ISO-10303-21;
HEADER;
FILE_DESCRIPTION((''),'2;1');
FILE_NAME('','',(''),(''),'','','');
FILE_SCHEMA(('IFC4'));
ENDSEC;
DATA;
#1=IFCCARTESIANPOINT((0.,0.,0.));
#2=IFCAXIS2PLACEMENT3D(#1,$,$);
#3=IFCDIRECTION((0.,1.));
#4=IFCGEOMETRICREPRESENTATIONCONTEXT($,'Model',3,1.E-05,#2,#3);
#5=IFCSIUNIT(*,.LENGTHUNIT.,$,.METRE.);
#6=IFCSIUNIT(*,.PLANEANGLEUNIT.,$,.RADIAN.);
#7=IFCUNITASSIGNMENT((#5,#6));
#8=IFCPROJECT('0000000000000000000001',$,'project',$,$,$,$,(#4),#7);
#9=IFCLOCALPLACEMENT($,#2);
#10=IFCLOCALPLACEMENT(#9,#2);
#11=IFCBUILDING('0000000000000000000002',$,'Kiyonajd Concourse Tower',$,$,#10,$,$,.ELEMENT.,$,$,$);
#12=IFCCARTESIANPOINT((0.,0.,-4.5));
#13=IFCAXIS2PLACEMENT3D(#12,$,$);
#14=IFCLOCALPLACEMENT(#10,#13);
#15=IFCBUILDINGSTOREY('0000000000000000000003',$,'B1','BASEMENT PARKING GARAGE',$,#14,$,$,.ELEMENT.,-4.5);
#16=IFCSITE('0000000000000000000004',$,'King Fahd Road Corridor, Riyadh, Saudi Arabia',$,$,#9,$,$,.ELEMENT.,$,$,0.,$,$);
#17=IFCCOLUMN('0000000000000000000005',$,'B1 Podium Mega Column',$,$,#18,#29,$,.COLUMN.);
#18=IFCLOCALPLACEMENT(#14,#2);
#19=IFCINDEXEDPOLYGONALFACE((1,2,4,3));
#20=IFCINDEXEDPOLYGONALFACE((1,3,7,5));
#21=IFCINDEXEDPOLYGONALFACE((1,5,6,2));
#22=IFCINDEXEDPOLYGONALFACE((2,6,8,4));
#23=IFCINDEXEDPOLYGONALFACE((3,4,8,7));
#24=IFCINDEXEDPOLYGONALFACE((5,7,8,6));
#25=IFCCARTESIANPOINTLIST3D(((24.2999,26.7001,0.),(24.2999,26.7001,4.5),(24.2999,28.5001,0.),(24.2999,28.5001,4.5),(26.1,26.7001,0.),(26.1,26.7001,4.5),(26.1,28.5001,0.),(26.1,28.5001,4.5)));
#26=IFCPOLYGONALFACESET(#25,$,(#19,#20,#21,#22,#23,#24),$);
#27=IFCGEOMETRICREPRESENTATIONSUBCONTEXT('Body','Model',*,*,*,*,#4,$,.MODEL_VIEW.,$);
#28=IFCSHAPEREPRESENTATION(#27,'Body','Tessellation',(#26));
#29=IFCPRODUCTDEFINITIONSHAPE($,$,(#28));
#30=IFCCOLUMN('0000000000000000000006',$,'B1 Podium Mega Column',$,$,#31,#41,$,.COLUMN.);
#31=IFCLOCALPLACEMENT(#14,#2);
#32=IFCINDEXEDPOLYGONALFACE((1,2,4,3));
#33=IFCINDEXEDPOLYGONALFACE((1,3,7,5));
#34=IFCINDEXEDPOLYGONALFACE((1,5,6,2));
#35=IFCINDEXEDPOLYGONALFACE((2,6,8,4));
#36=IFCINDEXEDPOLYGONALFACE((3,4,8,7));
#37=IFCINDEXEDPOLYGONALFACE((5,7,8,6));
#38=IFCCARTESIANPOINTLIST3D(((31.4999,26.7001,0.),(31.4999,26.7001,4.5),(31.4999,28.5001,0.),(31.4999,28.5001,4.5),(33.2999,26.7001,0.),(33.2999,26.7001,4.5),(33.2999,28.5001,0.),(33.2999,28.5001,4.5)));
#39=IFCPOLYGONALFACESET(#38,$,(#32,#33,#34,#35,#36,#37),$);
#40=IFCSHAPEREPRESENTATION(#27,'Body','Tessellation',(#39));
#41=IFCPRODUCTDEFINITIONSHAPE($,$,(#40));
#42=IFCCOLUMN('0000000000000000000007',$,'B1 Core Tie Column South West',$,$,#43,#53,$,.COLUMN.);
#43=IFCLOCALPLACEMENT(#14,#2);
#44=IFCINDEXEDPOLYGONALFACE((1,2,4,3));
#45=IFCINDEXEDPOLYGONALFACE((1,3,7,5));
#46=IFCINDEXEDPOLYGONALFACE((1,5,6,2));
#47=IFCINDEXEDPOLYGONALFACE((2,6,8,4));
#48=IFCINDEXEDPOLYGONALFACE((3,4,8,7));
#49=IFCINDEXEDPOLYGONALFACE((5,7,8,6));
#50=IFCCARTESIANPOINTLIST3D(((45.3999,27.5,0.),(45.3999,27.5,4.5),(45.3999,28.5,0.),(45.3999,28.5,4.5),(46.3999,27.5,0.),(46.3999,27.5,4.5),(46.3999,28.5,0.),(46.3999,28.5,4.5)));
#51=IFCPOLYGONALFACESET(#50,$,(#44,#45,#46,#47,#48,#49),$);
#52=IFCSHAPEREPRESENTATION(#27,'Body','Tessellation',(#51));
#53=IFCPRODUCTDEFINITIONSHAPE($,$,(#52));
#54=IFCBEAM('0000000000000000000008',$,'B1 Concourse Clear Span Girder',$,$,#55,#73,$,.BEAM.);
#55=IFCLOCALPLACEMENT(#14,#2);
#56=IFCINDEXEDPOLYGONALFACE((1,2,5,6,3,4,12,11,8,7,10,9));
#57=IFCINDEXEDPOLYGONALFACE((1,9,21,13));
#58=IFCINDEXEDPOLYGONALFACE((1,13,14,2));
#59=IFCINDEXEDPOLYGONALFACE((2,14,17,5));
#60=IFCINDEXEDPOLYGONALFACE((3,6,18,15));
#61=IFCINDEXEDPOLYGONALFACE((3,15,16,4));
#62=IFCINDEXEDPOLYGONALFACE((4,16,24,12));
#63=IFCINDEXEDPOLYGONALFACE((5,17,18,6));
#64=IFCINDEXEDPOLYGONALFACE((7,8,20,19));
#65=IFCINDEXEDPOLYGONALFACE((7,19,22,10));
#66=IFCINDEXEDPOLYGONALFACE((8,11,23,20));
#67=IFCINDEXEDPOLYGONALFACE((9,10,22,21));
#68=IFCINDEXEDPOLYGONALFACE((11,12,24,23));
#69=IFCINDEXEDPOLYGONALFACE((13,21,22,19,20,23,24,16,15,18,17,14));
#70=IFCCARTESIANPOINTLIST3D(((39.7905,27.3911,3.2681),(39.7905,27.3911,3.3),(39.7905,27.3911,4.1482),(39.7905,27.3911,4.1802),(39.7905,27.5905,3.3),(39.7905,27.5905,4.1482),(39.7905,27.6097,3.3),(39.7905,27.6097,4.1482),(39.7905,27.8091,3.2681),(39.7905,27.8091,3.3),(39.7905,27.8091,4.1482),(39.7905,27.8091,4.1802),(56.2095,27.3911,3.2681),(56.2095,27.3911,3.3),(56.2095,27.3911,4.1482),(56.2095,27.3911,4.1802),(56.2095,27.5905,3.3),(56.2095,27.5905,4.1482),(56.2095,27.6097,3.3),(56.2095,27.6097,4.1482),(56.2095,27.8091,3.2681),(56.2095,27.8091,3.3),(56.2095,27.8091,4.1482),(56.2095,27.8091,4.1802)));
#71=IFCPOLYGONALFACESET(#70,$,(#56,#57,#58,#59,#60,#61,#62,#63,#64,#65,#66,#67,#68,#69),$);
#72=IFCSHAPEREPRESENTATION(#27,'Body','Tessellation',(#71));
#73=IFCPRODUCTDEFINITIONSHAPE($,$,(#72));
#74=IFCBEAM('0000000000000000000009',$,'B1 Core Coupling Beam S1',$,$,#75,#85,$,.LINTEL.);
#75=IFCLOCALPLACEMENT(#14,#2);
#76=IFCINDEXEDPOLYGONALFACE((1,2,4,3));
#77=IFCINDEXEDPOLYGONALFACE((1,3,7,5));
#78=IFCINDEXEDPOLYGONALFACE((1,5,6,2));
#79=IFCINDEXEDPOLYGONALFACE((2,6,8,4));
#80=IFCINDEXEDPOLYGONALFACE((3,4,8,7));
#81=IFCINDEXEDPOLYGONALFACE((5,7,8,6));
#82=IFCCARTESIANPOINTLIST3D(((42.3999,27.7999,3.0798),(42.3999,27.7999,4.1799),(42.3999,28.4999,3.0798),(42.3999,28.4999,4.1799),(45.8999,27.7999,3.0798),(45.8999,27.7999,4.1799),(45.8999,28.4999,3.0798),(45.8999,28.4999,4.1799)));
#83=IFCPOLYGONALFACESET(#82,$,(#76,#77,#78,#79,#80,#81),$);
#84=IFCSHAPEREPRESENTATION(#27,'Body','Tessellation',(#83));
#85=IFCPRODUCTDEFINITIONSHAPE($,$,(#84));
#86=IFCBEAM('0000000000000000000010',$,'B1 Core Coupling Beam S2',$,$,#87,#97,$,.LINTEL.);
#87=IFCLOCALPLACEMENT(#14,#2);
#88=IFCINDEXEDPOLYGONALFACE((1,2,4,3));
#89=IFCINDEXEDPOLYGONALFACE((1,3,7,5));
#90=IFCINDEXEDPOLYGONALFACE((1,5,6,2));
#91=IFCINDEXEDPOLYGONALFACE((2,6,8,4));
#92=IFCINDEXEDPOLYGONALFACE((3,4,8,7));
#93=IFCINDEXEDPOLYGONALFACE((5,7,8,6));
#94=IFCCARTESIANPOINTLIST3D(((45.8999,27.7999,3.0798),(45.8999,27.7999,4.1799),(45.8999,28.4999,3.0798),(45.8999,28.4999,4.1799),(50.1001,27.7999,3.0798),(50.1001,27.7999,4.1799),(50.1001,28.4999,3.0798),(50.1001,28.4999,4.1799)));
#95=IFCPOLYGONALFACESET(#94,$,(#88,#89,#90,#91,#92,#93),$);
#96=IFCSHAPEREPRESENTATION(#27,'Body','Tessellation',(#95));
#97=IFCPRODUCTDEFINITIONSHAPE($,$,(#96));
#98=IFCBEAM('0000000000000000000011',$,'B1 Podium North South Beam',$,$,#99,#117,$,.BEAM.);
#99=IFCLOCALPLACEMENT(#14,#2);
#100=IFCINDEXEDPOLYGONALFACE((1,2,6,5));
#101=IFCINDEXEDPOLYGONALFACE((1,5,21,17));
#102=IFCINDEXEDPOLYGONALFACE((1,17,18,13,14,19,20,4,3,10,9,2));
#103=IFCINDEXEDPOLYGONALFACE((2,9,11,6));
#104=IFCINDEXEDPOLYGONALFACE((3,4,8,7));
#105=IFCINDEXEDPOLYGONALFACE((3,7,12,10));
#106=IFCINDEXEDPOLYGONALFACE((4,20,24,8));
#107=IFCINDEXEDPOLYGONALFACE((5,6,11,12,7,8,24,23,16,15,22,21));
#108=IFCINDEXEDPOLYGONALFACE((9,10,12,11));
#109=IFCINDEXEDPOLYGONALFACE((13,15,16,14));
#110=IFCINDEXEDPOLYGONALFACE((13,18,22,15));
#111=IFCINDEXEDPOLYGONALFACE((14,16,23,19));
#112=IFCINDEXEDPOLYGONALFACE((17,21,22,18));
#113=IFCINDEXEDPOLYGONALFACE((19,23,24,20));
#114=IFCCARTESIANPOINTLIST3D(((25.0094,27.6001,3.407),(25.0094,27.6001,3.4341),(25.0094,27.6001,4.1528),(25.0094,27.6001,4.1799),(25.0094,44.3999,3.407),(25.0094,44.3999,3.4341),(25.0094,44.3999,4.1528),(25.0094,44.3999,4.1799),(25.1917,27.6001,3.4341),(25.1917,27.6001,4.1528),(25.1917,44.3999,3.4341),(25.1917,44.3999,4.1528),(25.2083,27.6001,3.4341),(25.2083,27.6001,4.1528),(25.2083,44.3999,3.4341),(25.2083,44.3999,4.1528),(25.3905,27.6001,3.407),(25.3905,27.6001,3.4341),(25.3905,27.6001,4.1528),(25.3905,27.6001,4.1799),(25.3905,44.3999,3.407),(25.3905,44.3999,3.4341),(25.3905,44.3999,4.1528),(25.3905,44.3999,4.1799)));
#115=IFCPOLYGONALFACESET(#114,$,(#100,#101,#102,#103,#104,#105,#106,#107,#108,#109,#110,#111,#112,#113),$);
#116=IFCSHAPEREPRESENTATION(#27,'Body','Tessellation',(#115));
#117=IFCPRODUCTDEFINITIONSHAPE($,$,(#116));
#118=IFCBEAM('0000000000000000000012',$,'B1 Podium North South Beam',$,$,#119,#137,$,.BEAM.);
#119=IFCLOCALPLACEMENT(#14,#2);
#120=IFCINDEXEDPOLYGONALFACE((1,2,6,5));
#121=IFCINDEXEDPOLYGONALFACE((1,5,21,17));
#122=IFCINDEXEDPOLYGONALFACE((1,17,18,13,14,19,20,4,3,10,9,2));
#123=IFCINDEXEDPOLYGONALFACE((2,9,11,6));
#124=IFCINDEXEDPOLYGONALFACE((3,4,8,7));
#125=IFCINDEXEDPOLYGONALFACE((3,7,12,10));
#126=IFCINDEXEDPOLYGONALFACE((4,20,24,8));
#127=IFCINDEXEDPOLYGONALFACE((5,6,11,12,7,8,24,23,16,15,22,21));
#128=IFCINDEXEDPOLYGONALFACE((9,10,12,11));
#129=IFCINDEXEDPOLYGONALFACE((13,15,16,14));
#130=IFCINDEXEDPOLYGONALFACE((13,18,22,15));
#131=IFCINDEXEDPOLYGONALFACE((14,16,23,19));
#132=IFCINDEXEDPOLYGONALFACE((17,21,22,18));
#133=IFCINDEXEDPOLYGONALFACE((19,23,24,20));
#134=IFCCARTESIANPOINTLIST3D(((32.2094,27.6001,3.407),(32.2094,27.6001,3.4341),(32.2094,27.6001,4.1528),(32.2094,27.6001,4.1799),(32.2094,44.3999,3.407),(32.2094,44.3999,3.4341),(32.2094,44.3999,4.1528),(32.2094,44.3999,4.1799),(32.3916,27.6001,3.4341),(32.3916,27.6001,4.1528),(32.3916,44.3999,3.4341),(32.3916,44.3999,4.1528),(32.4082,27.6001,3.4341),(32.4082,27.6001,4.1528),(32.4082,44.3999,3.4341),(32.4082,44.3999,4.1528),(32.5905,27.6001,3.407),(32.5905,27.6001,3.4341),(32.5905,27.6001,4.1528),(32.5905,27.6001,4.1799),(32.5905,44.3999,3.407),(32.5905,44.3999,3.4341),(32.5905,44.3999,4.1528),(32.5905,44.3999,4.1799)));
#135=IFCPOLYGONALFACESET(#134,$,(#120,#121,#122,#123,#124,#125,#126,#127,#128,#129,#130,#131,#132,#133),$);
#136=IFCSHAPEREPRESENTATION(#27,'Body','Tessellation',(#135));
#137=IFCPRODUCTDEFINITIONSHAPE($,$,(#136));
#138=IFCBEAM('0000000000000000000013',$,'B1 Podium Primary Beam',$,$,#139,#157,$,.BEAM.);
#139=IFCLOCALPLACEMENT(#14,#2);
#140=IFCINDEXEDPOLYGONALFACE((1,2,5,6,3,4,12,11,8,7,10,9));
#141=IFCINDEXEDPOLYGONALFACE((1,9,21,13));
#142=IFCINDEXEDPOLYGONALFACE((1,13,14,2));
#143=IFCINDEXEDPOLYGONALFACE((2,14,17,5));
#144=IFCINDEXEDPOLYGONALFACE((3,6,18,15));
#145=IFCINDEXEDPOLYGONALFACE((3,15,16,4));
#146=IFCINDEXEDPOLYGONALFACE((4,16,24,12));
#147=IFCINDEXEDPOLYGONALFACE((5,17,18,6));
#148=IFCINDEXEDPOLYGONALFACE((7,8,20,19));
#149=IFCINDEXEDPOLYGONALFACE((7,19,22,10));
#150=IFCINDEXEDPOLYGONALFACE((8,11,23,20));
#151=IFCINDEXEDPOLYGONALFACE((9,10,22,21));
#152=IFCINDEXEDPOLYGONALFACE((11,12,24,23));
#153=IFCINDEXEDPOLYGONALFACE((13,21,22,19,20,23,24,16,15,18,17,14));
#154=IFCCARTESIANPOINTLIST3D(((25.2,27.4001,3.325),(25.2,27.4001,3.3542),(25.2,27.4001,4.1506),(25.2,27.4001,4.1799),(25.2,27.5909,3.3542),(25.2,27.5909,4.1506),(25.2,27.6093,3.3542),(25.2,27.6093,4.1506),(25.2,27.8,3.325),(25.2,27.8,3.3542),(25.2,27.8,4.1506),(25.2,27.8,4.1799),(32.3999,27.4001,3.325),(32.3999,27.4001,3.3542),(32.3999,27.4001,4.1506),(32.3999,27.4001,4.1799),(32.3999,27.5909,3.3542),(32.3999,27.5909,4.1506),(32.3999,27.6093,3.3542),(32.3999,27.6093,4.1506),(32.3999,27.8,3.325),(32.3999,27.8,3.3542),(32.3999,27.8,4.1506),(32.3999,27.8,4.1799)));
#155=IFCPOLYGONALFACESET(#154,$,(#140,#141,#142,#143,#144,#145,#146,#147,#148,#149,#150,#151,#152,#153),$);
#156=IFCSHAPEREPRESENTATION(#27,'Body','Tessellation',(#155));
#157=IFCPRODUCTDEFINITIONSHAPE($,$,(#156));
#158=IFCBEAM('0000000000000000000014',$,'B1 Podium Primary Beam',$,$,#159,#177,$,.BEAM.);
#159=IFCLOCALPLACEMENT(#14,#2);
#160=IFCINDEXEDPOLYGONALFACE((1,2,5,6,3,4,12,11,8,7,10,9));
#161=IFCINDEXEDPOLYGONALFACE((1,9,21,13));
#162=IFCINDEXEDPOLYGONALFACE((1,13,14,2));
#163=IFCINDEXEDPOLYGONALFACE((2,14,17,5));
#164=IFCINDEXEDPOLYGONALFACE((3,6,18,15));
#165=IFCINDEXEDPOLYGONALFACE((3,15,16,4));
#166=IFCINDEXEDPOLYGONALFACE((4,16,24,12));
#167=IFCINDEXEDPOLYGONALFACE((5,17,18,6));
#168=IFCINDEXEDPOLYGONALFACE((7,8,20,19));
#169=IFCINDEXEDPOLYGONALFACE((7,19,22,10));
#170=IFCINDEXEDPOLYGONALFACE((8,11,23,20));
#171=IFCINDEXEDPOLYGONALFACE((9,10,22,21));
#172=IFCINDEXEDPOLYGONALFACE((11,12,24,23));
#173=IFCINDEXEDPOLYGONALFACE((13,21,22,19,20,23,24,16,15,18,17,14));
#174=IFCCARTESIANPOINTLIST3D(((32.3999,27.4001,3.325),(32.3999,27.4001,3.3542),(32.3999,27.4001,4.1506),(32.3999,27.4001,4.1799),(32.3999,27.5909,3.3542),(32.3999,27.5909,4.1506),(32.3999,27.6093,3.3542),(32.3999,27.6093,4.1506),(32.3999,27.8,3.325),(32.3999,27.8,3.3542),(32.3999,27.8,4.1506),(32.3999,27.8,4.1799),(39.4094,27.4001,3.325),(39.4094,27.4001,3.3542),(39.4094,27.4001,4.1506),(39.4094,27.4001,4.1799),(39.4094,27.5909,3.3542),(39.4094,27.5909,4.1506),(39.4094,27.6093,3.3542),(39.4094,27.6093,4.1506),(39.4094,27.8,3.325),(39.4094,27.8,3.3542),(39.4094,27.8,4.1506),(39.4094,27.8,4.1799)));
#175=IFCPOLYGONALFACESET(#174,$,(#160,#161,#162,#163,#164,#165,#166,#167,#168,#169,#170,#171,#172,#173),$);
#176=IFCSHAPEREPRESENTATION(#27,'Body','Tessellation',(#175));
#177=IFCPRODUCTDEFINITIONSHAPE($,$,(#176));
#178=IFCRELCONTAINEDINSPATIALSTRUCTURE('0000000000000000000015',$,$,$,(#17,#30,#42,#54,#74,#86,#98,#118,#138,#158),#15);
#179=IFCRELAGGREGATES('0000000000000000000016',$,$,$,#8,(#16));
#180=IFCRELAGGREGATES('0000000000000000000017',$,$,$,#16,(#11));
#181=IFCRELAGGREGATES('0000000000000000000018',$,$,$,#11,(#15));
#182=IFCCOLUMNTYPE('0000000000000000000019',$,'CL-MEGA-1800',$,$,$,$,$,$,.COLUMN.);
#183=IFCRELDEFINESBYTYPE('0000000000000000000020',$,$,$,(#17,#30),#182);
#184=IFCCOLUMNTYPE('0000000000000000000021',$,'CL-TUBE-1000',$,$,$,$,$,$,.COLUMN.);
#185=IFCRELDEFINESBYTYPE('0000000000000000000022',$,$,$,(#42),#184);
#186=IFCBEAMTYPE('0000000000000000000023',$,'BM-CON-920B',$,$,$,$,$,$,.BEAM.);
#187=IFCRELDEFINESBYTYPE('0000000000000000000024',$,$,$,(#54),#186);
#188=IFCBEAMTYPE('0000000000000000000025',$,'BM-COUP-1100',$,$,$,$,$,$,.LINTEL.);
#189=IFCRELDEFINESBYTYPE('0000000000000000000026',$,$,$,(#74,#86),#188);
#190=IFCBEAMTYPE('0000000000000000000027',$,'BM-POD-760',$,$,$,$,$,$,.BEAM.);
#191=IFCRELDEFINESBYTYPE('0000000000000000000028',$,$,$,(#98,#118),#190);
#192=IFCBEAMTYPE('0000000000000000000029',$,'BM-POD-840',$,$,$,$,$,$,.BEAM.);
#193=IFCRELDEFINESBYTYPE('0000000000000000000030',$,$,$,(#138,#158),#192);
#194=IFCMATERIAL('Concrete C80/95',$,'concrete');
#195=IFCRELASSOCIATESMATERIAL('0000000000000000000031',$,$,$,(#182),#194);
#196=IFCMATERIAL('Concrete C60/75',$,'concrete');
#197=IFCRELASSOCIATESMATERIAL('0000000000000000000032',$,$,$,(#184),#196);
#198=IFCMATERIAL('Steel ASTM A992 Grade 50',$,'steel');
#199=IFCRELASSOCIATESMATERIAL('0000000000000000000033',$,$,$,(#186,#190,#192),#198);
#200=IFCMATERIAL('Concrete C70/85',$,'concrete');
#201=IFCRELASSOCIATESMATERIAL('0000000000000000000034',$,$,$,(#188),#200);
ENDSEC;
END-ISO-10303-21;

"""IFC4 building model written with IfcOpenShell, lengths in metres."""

from ifc_helpers import new_model, si_unit, direction, frame, origin, origin_2d, place, context, subcontext, project, spatial, rectangle, i_section, extrude, material, material_profile, profile_set, type_object, element, save


model = new_model("IFC4")

# Units and contexts
model_context = context("Model", 3, precision=1e-05, world=origin(), true_north=direction((0.0, 1.0)))
body_context = subcontext(model_context, "Body", "Model", "MODEL_VIEW")
ifc_project = project(units=[si_unit("LENGTHUNIT", "METRE"), si_unit("PLANEANGLEUNIT", "RADIAN")], contexts=[model_context])

# Site, building, storey
site_placement = place(None, origin())
site = spatial("IfcSite", under=ifc_project, at=site_placement, Name="King Fahd Road Corridor, Riyadh, Saudi Arabia", CompositionType="ELEMENT", RefElevation=0.0)
building_placement = place(site_placement, origin())
building = spatial("IfcBuilding", under=site, at=building_placement, Name="Kiyonajd Concourse Tower", CompositionType="ELEMENT")
storey_placement = place(building_placement, frame((0.0, 0.0, -4.5)))
storey = spatial("IfcBuildingStorey", under=building, at=storey_placement, Name="B1", Description="BASEMENT PARKING GARAGE", CompositionType="ELEMENT", Elevation=-4.5)

# Columns
ifc_material_1 = material(Name="Concrete C80/95", Category="concrete")
ifc_material_profile_1 = material_profile(ifc_material_1, rectangle(XDim=1.8, YDim=1.8, at=origin_2d()), Name="RC-1800x1800")
ifc_profile_set_1 = profile_set([ifc_material_profile_1], Name="Concrete C80/95")
column_type_1 = type_object("IfcColumnType", Name="CL-MEGA-1800", PredefinedType="COLUMN", material=ifc_profile_set_1)
for number, where, z_axis, x_axis, name in (
    (1, (25.2, 27.6001, 0.0), (0.0, 0.0, 1.0), (1.0, 0.0, 0.0), "B1 Podium Mega Column"),
    (2, (32.3999, 27.6001, 0.0), (0.0, 0.0, 1.0), (1.0, 0.0, 0.0), "B1 Podium Mega Column"),
):
    element("IfcColumn", number, at=place(storey_placement, frame(where, z_axis=z_axis, x_axis=x_axis)), inside=storey, type_object=column_type_1, Name=name, PredefinedType="COLUMN", context=body_context, shape_type="SweptSolid", body=[
        extrude(rectangle(XDim=1.8, YDim=1.8, at=origin_2d()), origin(), (0.0, 0.0, 1.0), 4.5),
    ])
ifc_material_2 = material(Name="Concrete C60/75", Category="concrete")
ifc_material_profile_2 = material_profile(ifc_material_2, rectangle(XDim=1.0, YDim=1.0, at=origin_2d()), Name="RC-1000x1000")
ifc_profile_set_2 = profile_set([ifc_material_profile_2], Name="Concrete C60/75")
column_type_2 = type_object("IfcColumnType", Name="CL-TUBE-1000", PredefinedType="COLUMN", material=ifc_profile_set_2)
column_placement = place(storey_placement, frame((45.8999, 28.0, 0.0), z_axis=(0.0, 0.0, 1.0), x_axis=(1.0, 0.0, 0.0)))
element("IfcColumn", 3, at=column_placement, inside=storey, type_object=column_type_2, Name="B1 Core Tie Column South West", PredefinedType="COLUMN", context=body_context, shape_type="SweptSolid", body=[
    extrude(rectangle(XDim=1.0, YDim=1.0, at=origin_2d()), origin(), (0.0, 0.0, 1.0), 4.5),
])

# Beams
ifc_material_3 = material(Name="Steel ASTM A992 Grade 50", Category="steel")
ifc_material_profile_3 = material_profile(ifc_material_3, i_section(OverallWidth=0.418, OverallDepth=0.9121, WebThickness=0.0193, FlangeThickness=0.032, at=origin_2d()), Name="W920X342")
ifc_profile_set_3 = profile_set([ifc_material_profile_3], Name="Steel ASTM A992 Grade 50")
beam_type_1 = type_object("IfcBeamType", Name="BM-CON-920B", PredefinedType="BEAM", material=ifc_profile_set_3)
beam_1_placement = place(storey_placement, frame((39.7905, 27.6001, 3.7241), z_axis=(1.0, 0.0, 0.0), x_axis=(0.0, 1.0, 0.0)))
element("IfcBeam", 4, at=beam_1_placement, inside=storey, type_object=beam_type_1, Name="B1 Concourse Clear Span Girder", PredefinedType="BEAM", context=body_context, shape_type="SweptSolid", body=[
    extrude(i_section(OverallWidth=0.418, OverallDepth=0.9121, WebThickness=0.0193, FlangeThickness=0.032, at=origin_2d()), origin(), (0.0, 0.0, 1.0), 16.4189),
])
ifc_material_4 = material(Name="Concrete C70/85", Category="concrete")
ifc_material_profile_4 = material_profile(ifc_material_4, rectangle(XDim=0.7, YDim=1.1001, at=origin_2d()), Name="RCBM-700x1100")
ifc_profile_set_4 = profile_set([ifc_material_profile_4], Name="Concrete C70/85")
beam_type_2 = type_object("IfcBeamType", Name="BM-COUP-1100", PredefinedType="LINTEL", material=ifc_profile_set_4)
beam_2_placement = place(storey_placement, frame((42.3999, 28.1499, 3.6299), z_axis=(1.0, 0.0, 0.0), x_axis=(0.0, 1.0, 0.0)))
element("IfcBeam", 5, at=beam_2_placement, inside=storey, type_object=beam_type_2, Name="B1 Core Coupling Beam S1", PredefinedType="LINTEL", context=body_context, shape_type="SweptSolid", body=[
    extrude(rectangle(XDim=0.7, YDim=1.1001, at=origin_2d()), origin(), (0.0, 0.0, 1.0), 3.5),
])
beam_3_placement = place(storey_placement, frame((45.8999, 28.1499, 3.6299), z_axis=(1.0, 0.0, 0.0), x_axis=(0.0, 1.0, 0.0)))
element("IfcBeam", 6, at=beam_3_placement, inside=storey, type_object=beam_type_2, Name="B1 Core Coupling Beam S2", PredefinedType="LINTEL", context=body_context, shape_type="SweptSolid", body=[
    extrude(rectangle(XDim=0.7, YDim=1.1001, at=origin_2d()), origin(), (0.0, 0.0, 1.0), 4.2002),
])
ifc_material_profile_5 = material_profile(ifc_material_3, i_section(OverallWidth=0.3811, OverallDepth=0.7729, WebThickness=0.0166, FlangeThickness=0.0271, at=origin_2d()), Name="W760X257")
ifc_profile_set_5 = profile_set([ifc_material_profile_5], Name="Steel ASTM A992 Grade 50")
beam_type_3 = type_object("IfcBeamType", Name="BM-POD-760", PredefinedType="BEAM", material=ifc_profile_set_5)
for number, where, z_axis, x_axis, name in (
    (7, (25.2, 27.6001, 3.7935), (0.0, 1.0, 0.0), (-1.0, 0.0, 0.0), "B1 Podium North South Beam"),
    (8, (32.3999, 27.6001, 3.7935), (0.0, 1.0, 0.0), (-1.0, 0.0, 0.0), "B1 Podium North South Beam"),
):
    element("IfcBeam", number, at=place(storey_placement, frame(where, z_axis=z_axis, x_axis=x_axis)), inside=storey, type_object=beam_type_3, Name=name, PredefinedType="BEAM", context=body_context, shape_type="SweptSolid", body=[
        extrude(i_section(OverallWidth=0.3811, OverallDepth=0.7729, WebThickness=0.0166, FlangeThickness=0.0271, at=origin_2d()), origin(), (0.0, 0.0, 1.0), 16.7998),
    ])
ifc_material_profile_6 = material_profile(ifc_material_3, i_section(OverallWidth=0.3999, OverallDepth=0.855, WebThickness=0.0183, FlangeThickness=0.0293, at=origin_2d()), Name="W840X299")
ifc_profile_set_6 = profile_set([ifc_material_profile_6], Name="Steel ASTM A992 Grade 50")
beam_type_4 = type_object("IfcBeamType", Name="BM-POD-840", PredefinedType="BEAM", material=ifc_profile_set_6)
beam_4_placement = place(storey_placement, frame((25.2, 27.6001, 3.7524), z_axis=(1.0, 0.0, 0.0), x_axis=(0.0, 1.0, 0.0)))
element("IfcBeam", 9, at=beam_4_placement, inside=storey, type_object=beam_type_4, Name="B1 Podium Primary Beam", PredefinedType="BEAM", context=body_context, shape_type="SweptSolid", body=[
    extrude(i_section(OverallWidth=0.3999, OverallDepth=0.855, WebThickness=0.0183, FlangeThickness=0.0293, at=origin_2d()), origin(), (0.0, 0.0, 1.0), 7.2),
])
beam_5_placement = place(storey_placement, frame((32.3999, 27.6001, 3.7524), z_axis=(1.0, 0.0, 0.0), x_axis=(0.0, 1.0, 0.0)))
element("IfcBeam", 10, at=beam_5_placement, inside=storey, type_object=beam_type_4, Name="B1 Podium Primary Beam", PredefinedType="BEAM", context=body_context, shape_type="SweptSolid", body=[
    extrude(i_section(OverallWidth=0.3999, OverallDepth=0.855, WebThickness=0.0183, FlangeThickness=0.0293, at=origin_2d()), origin(), (0.0, 0.0, 1.0), 7.0095),
])

save(model, "model.ifc")
